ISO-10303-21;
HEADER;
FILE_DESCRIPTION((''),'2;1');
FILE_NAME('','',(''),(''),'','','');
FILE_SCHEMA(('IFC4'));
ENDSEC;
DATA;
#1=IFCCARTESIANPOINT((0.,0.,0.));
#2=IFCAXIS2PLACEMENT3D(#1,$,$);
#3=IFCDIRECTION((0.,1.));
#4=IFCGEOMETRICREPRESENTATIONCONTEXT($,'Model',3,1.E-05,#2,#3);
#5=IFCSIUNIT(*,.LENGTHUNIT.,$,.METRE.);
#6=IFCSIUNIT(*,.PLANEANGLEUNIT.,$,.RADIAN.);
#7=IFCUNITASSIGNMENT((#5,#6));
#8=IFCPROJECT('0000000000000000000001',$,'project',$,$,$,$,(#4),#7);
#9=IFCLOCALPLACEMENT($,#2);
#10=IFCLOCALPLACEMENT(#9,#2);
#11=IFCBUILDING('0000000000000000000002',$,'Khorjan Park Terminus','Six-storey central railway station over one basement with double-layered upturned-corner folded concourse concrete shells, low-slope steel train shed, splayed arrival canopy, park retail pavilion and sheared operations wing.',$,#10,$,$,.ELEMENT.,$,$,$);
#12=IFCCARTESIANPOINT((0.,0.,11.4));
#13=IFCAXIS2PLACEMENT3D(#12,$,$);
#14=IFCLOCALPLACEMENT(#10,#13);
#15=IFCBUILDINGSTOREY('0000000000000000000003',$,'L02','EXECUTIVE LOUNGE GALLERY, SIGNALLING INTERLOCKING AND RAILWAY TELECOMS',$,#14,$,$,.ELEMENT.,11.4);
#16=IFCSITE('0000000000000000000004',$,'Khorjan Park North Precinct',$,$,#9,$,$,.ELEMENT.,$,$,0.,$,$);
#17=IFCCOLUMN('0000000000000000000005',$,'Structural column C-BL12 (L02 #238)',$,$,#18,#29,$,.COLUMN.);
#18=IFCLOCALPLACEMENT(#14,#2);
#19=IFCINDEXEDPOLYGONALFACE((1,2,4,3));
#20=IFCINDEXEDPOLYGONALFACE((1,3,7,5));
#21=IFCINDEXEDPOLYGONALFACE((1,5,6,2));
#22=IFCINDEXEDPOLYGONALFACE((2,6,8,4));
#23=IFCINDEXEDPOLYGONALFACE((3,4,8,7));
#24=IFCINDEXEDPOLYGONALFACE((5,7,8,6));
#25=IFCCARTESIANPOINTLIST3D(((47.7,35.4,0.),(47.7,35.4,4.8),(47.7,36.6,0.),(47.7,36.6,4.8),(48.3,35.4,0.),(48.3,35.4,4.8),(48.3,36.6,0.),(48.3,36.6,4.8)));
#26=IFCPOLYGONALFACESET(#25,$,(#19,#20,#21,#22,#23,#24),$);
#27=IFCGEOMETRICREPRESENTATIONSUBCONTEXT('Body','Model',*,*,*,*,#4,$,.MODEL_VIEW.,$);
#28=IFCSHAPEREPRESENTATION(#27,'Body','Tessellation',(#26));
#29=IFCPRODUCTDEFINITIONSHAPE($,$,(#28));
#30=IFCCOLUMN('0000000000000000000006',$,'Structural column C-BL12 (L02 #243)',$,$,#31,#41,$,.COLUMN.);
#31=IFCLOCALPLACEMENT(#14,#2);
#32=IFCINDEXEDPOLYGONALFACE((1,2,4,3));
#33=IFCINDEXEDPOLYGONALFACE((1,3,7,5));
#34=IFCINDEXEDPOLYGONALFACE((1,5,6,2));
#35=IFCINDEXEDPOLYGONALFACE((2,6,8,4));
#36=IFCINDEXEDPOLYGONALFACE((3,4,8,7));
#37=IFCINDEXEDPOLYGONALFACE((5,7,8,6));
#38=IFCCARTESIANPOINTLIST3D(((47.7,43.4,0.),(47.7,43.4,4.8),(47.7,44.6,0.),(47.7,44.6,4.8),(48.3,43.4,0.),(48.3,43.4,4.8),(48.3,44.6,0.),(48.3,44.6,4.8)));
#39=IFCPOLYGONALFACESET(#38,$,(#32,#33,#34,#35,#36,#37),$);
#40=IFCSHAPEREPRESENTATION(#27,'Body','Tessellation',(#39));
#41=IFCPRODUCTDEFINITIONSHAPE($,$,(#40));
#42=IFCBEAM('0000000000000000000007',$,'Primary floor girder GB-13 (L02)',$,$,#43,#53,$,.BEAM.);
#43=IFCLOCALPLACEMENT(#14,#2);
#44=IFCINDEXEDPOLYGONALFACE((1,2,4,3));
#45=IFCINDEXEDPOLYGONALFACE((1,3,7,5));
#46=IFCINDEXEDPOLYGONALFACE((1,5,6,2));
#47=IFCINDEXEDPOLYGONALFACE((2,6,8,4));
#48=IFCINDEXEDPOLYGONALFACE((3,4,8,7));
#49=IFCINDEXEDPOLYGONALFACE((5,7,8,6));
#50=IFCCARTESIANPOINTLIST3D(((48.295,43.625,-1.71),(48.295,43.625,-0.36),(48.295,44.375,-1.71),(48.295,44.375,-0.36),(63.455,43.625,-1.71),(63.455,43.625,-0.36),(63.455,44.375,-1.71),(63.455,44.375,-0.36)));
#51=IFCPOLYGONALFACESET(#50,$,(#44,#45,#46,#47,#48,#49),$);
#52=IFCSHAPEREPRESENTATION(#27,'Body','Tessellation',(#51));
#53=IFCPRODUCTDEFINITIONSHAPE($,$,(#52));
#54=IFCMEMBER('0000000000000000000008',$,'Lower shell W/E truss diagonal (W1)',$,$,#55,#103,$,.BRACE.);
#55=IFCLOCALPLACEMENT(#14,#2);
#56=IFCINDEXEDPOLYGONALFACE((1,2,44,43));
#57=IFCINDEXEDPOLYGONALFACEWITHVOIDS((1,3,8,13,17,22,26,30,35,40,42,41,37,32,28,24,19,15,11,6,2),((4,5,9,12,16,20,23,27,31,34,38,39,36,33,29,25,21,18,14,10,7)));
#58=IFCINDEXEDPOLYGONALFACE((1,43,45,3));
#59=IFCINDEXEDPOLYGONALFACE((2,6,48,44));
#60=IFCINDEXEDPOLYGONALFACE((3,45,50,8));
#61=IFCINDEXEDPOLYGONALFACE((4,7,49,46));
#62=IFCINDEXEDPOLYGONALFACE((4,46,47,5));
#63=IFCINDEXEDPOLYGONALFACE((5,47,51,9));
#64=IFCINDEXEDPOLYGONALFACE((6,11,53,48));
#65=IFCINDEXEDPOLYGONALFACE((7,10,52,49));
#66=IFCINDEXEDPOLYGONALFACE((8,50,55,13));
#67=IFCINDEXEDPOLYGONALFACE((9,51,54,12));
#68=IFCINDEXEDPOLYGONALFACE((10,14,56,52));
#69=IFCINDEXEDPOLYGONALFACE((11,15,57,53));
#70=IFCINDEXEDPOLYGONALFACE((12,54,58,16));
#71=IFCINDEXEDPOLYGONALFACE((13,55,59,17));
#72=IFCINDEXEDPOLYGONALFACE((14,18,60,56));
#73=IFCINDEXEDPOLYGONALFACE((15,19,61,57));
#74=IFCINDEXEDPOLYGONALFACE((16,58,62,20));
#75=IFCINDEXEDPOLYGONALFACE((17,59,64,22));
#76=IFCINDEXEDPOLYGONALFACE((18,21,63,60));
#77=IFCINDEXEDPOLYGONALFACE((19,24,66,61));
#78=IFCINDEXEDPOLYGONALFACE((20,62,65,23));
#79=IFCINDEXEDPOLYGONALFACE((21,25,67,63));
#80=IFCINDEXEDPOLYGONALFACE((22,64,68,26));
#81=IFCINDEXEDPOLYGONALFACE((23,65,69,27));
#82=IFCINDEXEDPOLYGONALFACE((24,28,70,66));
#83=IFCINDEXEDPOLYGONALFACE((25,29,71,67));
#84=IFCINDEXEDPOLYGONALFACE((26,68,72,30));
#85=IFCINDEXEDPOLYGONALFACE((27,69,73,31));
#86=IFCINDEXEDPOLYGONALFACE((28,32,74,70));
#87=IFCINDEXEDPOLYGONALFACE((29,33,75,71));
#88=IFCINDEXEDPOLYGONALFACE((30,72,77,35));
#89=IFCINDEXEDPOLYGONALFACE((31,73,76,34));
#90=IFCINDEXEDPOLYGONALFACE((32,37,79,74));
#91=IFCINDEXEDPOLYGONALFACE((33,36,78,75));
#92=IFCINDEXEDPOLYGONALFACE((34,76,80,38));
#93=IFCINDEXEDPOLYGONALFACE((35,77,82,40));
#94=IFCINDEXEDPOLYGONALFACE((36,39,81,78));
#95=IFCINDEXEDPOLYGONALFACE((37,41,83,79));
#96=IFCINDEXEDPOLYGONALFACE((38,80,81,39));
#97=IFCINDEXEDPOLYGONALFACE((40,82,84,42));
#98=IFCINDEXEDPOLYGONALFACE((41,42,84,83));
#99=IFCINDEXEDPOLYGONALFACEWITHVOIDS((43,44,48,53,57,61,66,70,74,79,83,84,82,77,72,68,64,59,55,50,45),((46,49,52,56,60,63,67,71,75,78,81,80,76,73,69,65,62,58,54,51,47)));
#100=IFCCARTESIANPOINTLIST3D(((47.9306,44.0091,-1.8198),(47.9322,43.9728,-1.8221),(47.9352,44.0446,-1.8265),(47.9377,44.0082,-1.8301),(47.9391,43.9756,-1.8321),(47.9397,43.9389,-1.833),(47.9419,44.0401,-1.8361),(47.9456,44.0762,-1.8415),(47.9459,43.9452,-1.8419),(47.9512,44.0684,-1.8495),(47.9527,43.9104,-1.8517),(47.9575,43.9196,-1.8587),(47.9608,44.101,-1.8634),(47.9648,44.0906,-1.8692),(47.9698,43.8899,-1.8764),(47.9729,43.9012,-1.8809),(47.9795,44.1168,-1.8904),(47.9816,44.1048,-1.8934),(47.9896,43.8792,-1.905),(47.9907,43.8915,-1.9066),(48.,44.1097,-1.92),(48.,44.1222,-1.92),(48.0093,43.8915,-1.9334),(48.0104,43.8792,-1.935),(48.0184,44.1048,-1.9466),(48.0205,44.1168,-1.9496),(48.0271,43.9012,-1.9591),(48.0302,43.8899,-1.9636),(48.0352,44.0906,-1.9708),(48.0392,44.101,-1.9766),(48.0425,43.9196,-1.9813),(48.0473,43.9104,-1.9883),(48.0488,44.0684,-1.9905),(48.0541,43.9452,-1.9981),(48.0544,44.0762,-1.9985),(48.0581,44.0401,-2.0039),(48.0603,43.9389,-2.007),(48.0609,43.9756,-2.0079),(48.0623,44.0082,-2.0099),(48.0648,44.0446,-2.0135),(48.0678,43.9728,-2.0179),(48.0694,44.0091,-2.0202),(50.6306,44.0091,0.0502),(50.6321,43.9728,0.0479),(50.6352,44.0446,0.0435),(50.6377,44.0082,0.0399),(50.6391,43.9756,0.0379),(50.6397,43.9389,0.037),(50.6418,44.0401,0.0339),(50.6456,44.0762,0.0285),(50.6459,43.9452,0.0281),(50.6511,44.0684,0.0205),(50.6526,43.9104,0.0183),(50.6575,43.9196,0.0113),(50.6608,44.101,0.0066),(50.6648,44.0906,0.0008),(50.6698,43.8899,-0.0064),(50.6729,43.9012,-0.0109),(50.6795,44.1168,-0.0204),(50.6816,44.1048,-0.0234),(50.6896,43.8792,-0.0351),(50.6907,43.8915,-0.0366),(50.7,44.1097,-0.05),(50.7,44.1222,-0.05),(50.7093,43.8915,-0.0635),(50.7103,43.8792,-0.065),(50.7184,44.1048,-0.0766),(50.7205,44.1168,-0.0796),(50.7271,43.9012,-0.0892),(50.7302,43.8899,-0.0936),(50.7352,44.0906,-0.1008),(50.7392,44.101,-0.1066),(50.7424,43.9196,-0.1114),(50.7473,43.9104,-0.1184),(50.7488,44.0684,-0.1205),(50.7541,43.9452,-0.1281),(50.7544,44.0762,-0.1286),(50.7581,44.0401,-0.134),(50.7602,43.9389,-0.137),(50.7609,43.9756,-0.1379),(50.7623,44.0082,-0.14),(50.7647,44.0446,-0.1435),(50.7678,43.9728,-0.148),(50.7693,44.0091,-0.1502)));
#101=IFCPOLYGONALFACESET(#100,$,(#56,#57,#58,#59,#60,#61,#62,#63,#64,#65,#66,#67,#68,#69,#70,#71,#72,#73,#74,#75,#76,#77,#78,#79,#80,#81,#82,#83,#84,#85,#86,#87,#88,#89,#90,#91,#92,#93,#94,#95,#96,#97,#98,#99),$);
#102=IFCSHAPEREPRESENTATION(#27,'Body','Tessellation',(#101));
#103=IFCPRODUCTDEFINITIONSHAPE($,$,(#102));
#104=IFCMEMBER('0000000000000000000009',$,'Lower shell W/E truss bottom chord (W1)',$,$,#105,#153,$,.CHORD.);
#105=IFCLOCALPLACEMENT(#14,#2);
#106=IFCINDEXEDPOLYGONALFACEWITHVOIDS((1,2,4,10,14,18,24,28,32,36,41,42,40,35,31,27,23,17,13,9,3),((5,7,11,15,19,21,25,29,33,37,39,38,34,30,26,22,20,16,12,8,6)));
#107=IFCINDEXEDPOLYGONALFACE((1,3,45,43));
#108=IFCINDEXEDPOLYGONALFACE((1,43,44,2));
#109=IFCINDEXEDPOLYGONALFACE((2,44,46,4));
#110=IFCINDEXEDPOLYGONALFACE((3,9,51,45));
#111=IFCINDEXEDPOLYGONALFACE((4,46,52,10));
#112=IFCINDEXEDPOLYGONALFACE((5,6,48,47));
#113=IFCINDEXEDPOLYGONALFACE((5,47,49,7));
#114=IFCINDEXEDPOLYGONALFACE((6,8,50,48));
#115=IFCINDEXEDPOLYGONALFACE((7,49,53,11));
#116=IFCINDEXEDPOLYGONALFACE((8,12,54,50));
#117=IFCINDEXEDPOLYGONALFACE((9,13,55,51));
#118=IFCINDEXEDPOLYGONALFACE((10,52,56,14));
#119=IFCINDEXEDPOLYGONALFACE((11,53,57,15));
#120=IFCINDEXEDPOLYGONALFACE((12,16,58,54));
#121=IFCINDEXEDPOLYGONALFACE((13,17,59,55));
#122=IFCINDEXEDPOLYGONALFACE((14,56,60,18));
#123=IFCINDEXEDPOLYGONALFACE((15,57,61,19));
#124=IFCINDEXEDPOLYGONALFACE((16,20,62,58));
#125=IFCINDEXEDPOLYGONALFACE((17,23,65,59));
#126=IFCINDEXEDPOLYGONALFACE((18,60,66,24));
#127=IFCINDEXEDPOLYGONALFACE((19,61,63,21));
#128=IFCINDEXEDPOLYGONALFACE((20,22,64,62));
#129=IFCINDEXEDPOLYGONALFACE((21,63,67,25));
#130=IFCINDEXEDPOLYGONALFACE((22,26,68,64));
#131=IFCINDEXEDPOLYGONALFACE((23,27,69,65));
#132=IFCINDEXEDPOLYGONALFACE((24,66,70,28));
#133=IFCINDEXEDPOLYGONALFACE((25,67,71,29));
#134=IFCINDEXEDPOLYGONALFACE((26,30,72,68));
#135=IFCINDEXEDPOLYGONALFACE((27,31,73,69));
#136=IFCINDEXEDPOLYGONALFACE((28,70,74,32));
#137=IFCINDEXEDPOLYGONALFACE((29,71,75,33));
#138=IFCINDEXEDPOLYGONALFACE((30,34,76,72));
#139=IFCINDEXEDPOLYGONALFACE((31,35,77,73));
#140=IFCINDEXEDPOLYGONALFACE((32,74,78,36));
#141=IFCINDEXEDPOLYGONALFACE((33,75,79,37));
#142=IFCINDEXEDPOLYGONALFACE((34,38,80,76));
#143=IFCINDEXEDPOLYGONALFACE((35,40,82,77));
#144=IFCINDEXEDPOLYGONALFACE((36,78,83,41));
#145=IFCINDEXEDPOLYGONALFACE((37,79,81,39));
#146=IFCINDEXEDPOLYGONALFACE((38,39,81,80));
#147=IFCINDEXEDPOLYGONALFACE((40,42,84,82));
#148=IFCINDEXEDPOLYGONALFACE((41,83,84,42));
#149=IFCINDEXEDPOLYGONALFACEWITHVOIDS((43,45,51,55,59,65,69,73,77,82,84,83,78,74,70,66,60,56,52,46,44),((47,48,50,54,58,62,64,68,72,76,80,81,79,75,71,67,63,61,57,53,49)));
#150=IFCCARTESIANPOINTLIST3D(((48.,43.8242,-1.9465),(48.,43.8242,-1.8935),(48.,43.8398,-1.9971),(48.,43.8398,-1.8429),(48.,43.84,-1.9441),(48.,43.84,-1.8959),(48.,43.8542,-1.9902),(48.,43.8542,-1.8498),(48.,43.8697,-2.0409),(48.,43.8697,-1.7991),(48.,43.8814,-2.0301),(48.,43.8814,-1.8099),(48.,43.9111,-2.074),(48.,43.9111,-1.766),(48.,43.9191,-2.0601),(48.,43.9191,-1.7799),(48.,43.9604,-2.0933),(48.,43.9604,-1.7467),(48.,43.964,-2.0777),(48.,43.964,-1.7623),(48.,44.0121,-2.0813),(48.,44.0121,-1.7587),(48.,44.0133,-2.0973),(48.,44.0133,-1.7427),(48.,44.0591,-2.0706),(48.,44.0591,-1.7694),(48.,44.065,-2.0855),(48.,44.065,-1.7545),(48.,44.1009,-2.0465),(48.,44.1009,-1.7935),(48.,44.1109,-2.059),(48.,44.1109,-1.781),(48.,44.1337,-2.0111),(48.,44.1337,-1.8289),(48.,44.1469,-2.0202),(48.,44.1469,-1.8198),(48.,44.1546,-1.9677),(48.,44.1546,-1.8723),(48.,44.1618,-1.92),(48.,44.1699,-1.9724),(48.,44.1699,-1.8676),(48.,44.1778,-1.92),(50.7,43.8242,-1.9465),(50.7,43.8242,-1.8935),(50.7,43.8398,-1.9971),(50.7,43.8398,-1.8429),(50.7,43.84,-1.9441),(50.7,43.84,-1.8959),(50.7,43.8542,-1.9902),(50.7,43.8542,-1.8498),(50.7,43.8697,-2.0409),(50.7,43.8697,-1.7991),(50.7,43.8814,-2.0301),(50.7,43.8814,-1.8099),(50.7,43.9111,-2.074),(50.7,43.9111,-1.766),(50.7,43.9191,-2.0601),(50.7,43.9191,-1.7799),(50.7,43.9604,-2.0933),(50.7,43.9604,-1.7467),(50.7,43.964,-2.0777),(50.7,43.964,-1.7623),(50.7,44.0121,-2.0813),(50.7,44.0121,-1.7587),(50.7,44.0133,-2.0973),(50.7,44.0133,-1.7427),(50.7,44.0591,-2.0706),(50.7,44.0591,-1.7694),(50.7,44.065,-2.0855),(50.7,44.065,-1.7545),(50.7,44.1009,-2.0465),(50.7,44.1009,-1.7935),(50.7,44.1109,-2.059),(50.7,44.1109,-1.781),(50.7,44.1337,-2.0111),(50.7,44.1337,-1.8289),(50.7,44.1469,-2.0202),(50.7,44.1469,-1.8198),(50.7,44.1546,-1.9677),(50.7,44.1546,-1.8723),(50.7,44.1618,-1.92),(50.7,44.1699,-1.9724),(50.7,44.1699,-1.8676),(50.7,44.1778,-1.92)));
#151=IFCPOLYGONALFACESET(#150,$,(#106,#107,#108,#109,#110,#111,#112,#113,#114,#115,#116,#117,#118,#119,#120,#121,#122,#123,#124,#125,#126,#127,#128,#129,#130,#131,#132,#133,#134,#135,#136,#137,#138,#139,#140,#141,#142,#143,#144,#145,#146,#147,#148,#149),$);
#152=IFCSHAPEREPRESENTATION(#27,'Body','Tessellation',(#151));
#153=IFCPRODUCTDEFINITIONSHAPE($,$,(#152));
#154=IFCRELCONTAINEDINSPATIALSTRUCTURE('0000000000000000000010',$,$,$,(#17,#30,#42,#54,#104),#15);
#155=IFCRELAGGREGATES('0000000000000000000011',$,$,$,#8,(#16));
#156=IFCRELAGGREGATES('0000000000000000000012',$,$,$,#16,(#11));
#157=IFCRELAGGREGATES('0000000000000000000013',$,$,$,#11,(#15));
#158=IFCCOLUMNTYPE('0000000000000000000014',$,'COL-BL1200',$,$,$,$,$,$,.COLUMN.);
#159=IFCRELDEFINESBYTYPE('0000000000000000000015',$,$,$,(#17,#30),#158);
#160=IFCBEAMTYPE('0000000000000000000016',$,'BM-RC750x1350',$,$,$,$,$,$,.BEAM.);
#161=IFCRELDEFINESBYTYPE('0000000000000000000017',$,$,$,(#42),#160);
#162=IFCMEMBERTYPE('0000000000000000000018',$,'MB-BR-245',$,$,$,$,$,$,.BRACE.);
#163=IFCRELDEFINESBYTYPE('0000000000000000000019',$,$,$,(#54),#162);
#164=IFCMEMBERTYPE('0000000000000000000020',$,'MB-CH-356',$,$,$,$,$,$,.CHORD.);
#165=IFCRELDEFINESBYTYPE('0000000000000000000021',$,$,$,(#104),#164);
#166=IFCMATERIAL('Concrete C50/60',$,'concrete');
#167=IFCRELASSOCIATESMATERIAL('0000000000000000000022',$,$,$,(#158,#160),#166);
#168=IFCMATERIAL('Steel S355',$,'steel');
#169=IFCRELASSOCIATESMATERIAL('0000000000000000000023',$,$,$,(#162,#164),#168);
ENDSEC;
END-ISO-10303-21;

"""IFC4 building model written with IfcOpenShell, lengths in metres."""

from ifc_helpers import new_model, si_unit, direction, frame, origin, origin_2d, place, context, subcontext, project, spatial, rectangle, hollow_circle, extrude, material, material_profile, profile_set, type_object, element, save


model = new_model("IFC4")

# Units and contexts
model_context = context("Model", 3, precision=1e-05, world=origin(), true_north=direction((0.0, 1.0)))
body_context = subcontext(model_context, "Body", "Model", "MODEL_VIEW")
ifc_project = project(units=[si_unit("LENGTHUNIT", "METRE"), si_unit("PLANEANGLEUNIT", "RADIAN")], contexts=[model_context])

# Site, building, storey
site_placement = place(None, origin())
site = spatial("IfcSite", under=ifc_project, at=site_placement, Name="Khorjan Park North Precinct", CompositionType="ELEMENT", RefElevation=0.0)
building_placement = place(site_placement, origin())
building = spatial("IfcBuilding", under=site, at=building_placement, Name="Khorjan Park Terminus", Description="Six-storey central railway station over one basement with double-layered upturned-corner folded concourse concrete shells, low-slope steel train shed, splayed arrival canopy, park retail pavilion and sheared operations wing.", CompositionType="ELEMENT")
storey_placement = place(building_placement, frame((0.0, 0.0, 11.4)))
storey = spatial("IfcBuildingStorey", under=building, at=storey_placement, Name="L02", Description="EXECUTIVE LOUNGE GALLERY, SIGNALLING INTERLOCKING AND RAILWAY TELECOMS", CompositionType="ELEMENT", Elevation=11.4)

# Columns
ifc_material_1 = material(Name="Concrete C50/60", Category="concrete")
ifc_material_profile_1 = material_profile(ifc_material_1, rectangle(XDim=0.6, YDim=1.2, at=origin_2d()), Name="RC 600x1200")
ifc_profile_set_1 = profile_set([ifc_material_profile_1], Name="Concrete C50/60")
column_type = type_object("IfcColumnType", Name="COL-BL1200", PredefinedType="COLUMN", material=ifc_profile_set_1)
for number, where, z_axis, x_axis, name in (
    (1, (48.0, 36.0, 0.0), (0.0, 0.0, 1.0), (1.0, 0.0, 0.0), "Structural column C-BL12 (L02 #238)"),
    (2, (48.0, 44.0, 0.0), (0.0, 0.0, 1.0), (1.0, 0.0, 0.0), "Structural column C-BL12 (L02 #243)"),
):
    element("IfcColumn", number, at=place(storey_placement, frame(where, z_axis=z_axis, x_axis=x_axis)), inside=storey, type_object=column_type, Name=name, PredefinedType="COLUMN", context=body_context, shape_type="SweptSolid", body=[
        extrude(rectangle(XDim=0.6, YDim=1.2, at=origin_2d()), origin(), (0.0, 0.0, 1.0), 4.8),
    ])

# Beam
ifc_material_profile_2 = material_profile(ifc_material_1, rectangle(XDim=0.75, YDim=1.35, at=origin_2d()), Name="RC 750x1350")
ifc_profile_set_2 = profile_set([ifc_material_profile_2], Name="Concrete C50/60")
beam_type_1 = type_object("IfcBeamType", Name="BM-RC750x1350", PredefinedType="BEAM", material=ifc_profile_set_2)
beam_placement = place(storey_placement, frame((48.295, 44.0, -1.035), z_axis=(1.0, 0.0, 0.0), x_axis=(0.0, 1.0, 0.0)))
element("IfcBeam", 3, at=beam_placement, inside=storey, type_object=beam_type_1, Name="Primary floor girder GB-13 (L02)", PredefinedType="BEAM", context=body_context, shape_type="SweptSolid", body=[
    extrude(rectangle(XDim=0.75, YDim=1.35, at=origin_2d()), origin(), (0.0, 0.0, 1.0), 15.16),
])

# Members
ifc_material_2 = material(Name="Steel S355", Category="steel")
ifc_material_profile_3 = material_profile(ifc_material_2, hollow_circle(Radius=0.1222, WallThickness=0.0125, at=origin_2d()), Name="CHS 244.5x12.5")
ifc_profile_set_3 = profile_set([ifc_material_profile_3], Name="Steel S355")
member_type_1 = type_object("IfcMemberType", Name="MB-BR-245", PredefinedType="BRACE", material=ifc_profile_set_3)
member_1_placement = place(storey_placement, frame((48.0, 44.0, -1.92), z_axis=(0.822083, 0.0, 0.569368), x_axis=(0.0, 1.0, 0.0)))
element("IfcMember", 4, at=member_1_placement, inside=storey, type_object=member_type_1, Name="Lower shell W/E truss diagonal (W1)", PredefinedType="BRACE", context=body_context, shape_type="SweptSolid", body=[
    extrude(hollow_circle(Radius=0.1222, WallThickness=0.0125, at=origin_2d()), origin(), (0.0, 0.0, 1.0), 3.2843),
])
ifc_material_profile_4 = material_profile(ifc_material_2, hollow_circle(Radius=0.1778, WallThickness=0.016, at=origin_2d()), Name="CHS 355.6x16")
ifc_profile_set_4 = profile_set([ifc_material_profile_4], Name="Steel S355")
member_type_2 = type_object("IfcMemberType", Name="MB-CH-356", PredefinedType="CHORD", material=ifc_profile_set_4)
member_2_placement = place(storey_placement, frame((48.0, 44.0, -1.92), z_axis=(1.0, 0.0, 0.0), x_axis=(0.0, 1.0, 0.0)))
element("IfcMember", 5, at=member_2_placement, inside=storey, type_object=member_type_2, Name="Lower shell W/E truss bottom chord (W1)", PredefinedType="CHORD", context=body_context, shape_type="SweptSolid", body=[
    extrude(hollow_circle(Radius=0.1778, WallThickness=0.016, at=origin_2d()), origin(), (0.0, 0.0, 1.0), 2.7),
])

save(model, "model.ifc")
